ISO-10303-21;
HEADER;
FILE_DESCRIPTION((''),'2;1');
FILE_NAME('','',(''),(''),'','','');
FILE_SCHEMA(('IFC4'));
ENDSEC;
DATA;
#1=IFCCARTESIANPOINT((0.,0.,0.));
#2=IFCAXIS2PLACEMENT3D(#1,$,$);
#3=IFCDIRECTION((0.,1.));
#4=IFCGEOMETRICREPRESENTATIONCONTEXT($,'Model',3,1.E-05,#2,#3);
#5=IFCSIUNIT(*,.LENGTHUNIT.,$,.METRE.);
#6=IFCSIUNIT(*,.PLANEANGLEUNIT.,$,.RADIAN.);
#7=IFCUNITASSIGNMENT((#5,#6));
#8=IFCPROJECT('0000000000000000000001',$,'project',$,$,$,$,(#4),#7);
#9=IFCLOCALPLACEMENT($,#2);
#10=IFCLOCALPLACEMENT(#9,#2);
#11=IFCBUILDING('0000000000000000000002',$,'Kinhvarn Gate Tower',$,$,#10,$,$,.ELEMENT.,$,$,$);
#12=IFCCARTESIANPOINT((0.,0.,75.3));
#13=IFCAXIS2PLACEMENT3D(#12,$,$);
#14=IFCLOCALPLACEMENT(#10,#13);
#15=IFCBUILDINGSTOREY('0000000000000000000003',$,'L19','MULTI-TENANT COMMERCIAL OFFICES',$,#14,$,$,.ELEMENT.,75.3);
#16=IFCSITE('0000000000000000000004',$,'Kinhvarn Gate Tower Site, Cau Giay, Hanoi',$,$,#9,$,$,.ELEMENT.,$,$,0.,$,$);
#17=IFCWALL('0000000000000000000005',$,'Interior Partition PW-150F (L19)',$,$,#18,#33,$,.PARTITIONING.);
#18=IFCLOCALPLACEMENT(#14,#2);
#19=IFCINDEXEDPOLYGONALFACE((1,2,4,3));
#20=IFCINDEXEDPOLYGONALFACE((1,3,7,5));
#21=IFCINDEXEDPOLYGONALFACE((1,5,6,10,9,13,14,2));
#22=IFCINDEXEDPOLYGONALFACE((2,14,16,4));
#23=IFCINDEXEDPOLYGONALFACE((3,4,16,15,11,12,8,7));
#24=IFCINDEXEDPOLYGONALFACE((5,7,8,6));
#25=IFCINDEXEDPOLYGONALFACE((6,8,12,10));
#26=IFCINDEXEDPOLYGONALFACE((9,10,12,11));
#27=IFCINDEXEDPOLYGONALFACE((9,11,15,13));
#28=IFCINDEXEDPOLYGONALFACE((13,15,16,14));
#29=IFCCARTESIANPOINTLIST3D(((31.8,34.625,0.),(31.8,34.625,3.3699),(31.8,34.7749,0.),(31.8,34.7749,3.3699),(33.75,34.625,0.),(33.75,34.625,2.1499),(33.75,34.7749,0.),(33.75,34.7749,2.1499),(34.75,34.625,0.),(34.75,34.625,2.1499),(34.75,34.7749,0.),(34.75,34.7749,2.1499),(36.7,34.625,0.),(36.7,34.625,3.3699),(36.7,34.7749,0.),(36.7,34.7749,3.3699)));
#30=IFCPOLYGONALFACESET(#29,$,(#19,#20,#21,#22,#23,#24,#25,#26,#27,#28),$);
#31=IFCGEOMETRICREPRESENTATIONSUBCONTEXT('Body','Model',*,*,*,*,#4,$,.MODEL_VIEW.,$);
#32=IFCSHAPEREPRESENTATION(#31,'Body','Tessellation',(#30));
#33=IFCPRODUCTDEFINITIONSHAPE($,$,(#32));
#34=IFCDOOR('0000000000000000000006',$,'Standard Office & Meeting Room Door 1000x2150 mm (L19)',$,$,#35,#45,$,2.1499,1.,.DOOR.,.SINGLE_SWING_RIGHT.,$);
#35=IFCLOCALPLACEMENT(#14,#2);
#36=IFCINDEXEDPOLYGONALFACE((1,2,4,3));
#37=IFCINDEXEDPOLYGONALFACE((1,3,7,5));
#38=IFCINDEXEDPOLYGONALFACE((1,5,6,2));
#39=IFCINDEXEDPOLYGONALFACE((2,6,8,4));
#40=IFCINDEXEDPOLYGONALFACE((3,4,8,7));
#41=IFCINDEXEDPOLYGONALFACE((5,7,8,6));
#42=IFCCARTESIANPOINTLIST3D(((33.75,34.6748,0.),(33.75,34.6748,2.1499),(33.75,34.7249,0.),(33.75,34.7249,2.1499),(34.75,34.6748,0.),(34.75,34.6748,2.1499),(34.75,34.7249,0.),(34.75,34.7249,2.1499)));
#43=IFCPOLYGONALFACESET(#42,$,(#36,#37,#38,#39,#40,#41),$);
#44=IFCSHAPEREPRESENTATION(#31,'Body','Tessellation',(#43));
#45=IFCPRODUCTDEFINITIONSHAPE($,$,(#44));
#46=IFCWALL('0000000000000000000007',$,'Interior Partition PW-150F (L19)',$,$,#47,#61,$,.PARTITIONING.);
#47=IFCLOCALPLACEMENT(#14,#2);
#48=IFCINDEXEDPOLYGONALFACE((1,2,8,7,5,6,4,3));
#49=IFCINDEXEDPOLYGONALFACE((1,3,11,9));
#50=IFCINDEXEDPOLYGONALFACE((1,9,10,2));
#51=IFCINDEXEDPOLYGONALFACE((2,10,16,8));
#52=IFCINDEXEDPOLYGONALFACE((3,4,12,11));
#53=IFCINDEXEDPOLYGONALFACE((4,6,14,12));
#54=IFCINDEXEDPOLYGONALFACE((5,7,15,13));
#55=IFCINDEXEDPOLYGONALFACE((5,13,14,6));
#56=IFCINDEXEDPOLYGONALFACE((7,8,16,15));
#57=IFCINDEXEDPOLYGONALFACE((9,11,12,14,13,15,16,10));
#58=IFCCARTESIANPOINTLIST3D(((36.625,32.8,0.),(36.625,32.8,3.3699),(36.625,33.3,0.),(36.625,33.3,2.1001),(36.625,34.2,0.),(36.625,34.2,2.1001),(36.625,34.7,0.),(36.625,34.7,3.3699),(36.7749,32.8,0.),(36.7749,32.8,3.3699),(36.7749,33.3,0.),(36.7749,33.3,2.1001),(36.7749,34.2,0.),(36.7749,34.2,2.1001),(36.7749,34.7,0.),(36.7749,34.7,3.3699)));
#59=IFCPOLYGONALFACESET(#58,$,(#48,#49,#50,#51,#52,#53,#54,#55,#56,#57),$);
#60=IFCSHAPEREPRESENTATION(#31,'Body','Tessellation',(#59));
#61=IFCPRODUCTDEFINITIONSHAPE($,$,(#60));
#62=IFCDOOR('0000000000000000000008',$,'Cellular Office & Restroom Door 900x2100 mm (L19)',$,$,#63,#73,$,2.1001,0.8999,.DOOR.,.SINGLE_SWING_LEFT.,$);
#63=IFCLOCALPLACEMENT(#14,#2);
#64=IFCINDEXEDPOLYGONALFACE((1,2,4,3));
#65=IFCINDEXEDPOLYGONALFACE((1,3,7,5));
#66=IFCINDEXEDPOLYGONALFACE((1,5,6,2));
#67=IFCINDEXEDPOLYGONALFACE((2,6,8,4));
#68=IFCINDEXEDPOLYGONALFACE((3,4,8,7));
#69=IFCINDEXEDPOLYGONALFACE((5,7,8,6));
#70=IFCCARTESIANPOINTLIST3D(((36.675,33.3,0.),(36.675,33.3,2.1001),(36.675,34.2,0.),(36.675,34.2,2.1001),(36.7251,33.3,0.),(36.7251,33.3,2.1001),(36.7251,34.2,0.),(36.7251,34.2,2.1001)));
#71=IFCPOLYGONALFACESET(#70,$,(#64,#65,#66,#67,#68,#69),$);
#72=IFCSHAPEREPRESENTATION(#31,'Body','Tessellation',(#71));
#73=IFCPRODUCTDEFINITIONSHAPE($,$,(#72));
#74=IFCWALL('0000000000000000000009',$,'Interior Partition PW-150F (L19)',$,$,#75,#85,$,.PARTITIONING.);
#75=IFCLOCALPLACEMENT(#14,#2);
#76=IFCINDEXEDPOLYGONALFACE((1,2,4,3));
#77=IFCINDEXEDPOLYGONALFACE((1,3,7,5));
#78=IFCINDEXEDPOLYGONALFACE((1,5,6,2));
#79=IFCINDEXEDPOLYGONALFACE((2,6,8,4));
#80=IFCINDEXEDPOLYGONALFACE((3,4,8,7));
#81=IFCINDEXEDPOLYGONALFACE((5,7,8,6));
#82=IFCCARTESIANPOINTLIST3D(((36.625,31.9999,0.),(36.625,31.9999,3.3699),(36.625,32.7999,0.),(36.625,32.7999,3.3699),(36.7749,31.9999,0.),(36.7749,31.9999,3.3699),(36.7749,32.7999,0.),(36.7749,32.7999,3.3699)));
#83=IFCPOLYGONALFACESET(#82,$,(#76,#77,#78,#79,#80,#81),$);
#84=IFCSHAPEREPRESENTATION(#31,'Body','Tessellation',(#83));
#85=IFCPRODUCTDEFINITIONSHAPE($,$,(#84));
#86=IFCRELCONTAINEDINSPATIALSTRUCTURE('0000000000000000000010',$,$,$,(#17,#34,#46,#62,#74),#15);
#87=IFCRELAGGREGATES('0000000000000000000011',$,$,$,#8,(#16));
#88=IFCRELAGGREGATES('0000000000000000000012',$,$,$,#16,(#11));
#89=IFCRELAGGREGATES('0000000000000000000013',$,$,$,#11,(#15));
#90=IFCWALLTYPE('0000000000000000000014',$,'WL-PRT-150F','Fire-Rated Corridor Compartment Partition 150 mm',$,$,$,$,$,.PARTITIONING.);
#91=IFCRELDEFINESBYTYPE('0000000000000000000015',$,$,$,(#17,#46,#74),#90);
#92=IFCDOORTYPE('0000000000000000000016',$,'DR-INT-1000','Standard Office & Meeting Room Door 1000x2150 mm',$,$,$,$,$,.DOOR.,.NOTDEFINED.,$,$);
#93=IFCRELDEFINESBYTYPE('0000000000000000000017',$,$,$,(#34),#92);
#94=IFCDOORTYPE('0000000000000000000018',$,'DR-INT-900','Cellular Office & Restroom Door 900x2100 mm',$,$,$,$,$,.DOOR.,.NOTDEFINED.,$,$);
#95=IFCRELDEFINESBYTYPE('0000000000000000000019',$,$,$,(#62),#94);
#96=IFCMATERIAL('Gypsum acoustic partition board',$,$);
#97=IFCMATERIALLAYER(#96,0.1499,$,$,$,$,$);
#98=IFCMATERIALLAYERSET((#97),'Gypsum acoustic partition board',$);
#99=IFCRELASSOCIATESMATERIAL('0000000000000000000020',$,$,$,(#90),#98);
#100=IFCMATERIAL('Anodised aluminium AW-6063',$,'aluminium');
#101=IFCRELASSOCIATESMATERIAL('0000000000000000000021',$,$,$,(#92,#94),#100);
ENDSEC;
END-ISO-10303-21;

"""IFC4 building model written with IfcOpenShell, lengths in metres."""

from ifc_helpers import new_model, si_unit, direction, frame, frame_2d, origin, place, context, subcontext, project, spatial, rectangle, extrude, material, layer, layer_set, type_object, element, fill, save


model = new_model("IFC4")

# Units and contexts
model_context = context("Model", 3, precision=1e-05, world=origin(), true_north=direction((0.0, 1.0)))
body_context = subcontext(model_context, "Body", "Model", "MODEL_VIEW")
ifc_project = project(units=[si_unit("LENGTHUNIT", "METRE"), si_unit("PLANEANGLEUNIT", "RADIAN")], contexts=[model_context])

# Site, building, storey
site_placement = place(None, origin())
site = spatial("IfcSite", under=ifc_project, at=site_placement, Name="Kinhvarn Gate Tower Site, Cau Giay, Hanoi", CompositionType="ELEMENT", RefElevation=0.0)
building_placement = place(site_placement, origin())
building = spatial("IfcBuilding", under=site, at=building_placement, Name="Kinhvarn Gate Tower", CompositionType="ELEMENT")
storey_placement = place(building_placement, frame((0.0, 0.0, 75.3)))
storey = spatial("IfcBuildingStorey", under=building, at=storey_placement, Name="L19", Description="MULTI-TENANT COMMERCIAL OFFICES", CompositionType="ELEMENT", Elevation=75.3)

# Shared definitions
ifc_material_1 = material(Name="Gypsum acoustic partition board")
ifc_material_2 = material(Name="Anodised aluminium AW-6063", Category="aluminium")

# Shared definitions
ifc_layer_1 = layer(ifc_material_1, 0.1499)
ifc_layer_set_1 = layer_set([ifc_layer_1], Name="Gypsum acoustic partition board")
wall_type_1 = type_object("IfcWallType", Name="WL-PRT-150F", Description="Fire-Rated Corridor Compartment Partition 150 mm", PredefinedType="PARTITIONING", material=ifc_layer_set_1)

# Walls, openings, doors
door_type_1 = type_object("IfcDoorType", Name="DR-INT-1000", Description="Standard Office & Meeting Room Door 1000x2150 mm", OperationType="NOTDEFINED", PredefinedType="DOOR", material=ifc_material_2)
wall_1_placement = place(storey_placement, frame((31.8, 34.7, 0.0), z_axis=(0.0, 0.0, 1.0), x_axis=(1.0, 0.0, 0.0)))
wall_1 = element("IfcWall", 1, at=wall_1_placement, inside=storey, type_object=wall_type_1, Name="Interior Partition PW-150F (L19)", PredefinedType="PARTITIONING", context=body_context, shape_type="SweptSolid", body=[
    extrude(rectangle(XDim=4.8999, YDim=0.1499, at=frame_2d((2.45, 0.0))), origin(), (0.0, 0.0, 1.0), 3.3699),
])
opening_1_placement = place(wall_1_placement, frame((1.95, 0.0, 0.0)))
opening_1 = element("IfcOpeningElement", 2, at=opening_1_placement, cuts=wall_1, PredefinedType="OPENING", context=body_context, shape_type="SweptSolid", body=[
    extrude(rectangle(XDim=1.0, YDim=2.1499, at=frame_2d((0.5, 1.075))), frame((0.0, 0.085, 0.0), z_axis=(0.0, -1.0, 0.0), x_axis=(1.0, 0.0, 0.0)), (0.0, 0.0, 1.0), 0.1699),
])
door_1_placement = place(opening_1_placement, origin())
door_1 = element("IfcDoor", 3, at=door_1_placement, inside=storey, type_object=door_type_1, Name="Standard Office & Meeting Room Door 1000x2150 mm (L19)", OperationType="SINGLE_SWING_RIGHT", OverallHeight=2.1499, OverallWidth=1.0, PredefinedType="DOOR", context=body_context, shape_type="SweptSolid", body=[
    extrude(rectangle(XDim=1.0, YDim=2.1499, at=frame_2d((0.5, 1.075))), frame((0.0, 0.0249, 0.0), z_axis=(0.0, -1.0, 0.0), x_axis=(1.0, 0.0, 0.0)), (0.0, 0.0, 1.0), 0.05),
])
fill(opening_1, door_1)
wall_2_placement = place(storey_placement, frame((36.7, 32.8, 0.0), z_axis=(0.0, 0.0, 1.0), x_axis=(0.0, 1.0, 0.0)))
wall_2 = element("IfcWall", 4, at=wall_2_placement, inside=storey, type_object=wall_type_1, Name="Interior Partition PW-150F (L19)", PredefinedType="PARTITIONING", context=body_context, shape_type="SweptSolid", body=[
    extrude(rectangle(XDim=1.8999, YDim=0.1499, at=frame_2d((0.95, 0.0))), origin(), (0.0, 0.0, 1.0), 3.3699),
])
opening_2_placement = place(wall_2_placement, frame((0.5, 0.0, 0.0)))
opening_2 = element("IfcOpeningElement", 5, at=opening_2_placement, cuts=wall_2, PredefinedType="OPENING", context=body_context, shape_type="SweptSolid", body=[
    extrude(rectangle(XDim=0.8999, YDim=2.1001, at=frame_2d((0.45, 1.05))), frame((0.0, 0.085, 0.0), z_axis=(0.0, -1.0, 0.0), x_axis=(1.0, 0.0, 0.0)), (0.0, 0.0, 1.0), 0.1699),
])
door_type_2 = type_object("IfcDoorType", Name="DR-INT-900", Description="Cellular Office & Restroom Door 900x2100 mm", OperationType="NOTDEFINED", PredefinedType="DOOR", material=ifc_material_2)
door_2_placement = place(opening_2_placement, origin())
door_2 = element("IfcDoor", 6, at=door_2_placement, inside=storey, type_object=door_type_2, Name="Cellular Office & Restroom Door 900x2100 mm (L19)", OperationType="SINGLE_SWING_LEFT", OverallHeight=2.1001, OverallWidth=0.8999, PredefinedType="DOOR", context=body_context, shape_type="SweptSolid", body=[
    extrude(rectangle(XDim=0.8999, YDim=2.1001, at=frame_2d((0.45, 1.05))), frame((0.0, 0.0249, 0.0), z_axis=(0.0, -1.0, 0.0), x_axis=(1.0, 0.0, 0.0)), (0.0, 0.0, 1.0), 0.05),
])
fill(opening_2, door_2)

# Wall
wall_3_placement = place(storey_placement, frame((36.7, 32.0, 0.0), z_axis=(0.0, 0.0, 1.0), x_axis=(0.0, 1.0, 0.0)))
element("IfcWall", 7, at=wall_3_placement, inside=storey, type_object=wall_type_1, Name="Interior Partition PW-150F (L19)", PredefinedType="PARTITIONING", context=body_context, shape_type="SweptSolid", body=[
    extrude(rectangle(XDim=0.8, YDim=0.1499, at=frame_2d((0.3999, 0.0))), origin(), (0.0, 0.0, 1.0), 3.3699),
])

save(model, "model.ifc")
